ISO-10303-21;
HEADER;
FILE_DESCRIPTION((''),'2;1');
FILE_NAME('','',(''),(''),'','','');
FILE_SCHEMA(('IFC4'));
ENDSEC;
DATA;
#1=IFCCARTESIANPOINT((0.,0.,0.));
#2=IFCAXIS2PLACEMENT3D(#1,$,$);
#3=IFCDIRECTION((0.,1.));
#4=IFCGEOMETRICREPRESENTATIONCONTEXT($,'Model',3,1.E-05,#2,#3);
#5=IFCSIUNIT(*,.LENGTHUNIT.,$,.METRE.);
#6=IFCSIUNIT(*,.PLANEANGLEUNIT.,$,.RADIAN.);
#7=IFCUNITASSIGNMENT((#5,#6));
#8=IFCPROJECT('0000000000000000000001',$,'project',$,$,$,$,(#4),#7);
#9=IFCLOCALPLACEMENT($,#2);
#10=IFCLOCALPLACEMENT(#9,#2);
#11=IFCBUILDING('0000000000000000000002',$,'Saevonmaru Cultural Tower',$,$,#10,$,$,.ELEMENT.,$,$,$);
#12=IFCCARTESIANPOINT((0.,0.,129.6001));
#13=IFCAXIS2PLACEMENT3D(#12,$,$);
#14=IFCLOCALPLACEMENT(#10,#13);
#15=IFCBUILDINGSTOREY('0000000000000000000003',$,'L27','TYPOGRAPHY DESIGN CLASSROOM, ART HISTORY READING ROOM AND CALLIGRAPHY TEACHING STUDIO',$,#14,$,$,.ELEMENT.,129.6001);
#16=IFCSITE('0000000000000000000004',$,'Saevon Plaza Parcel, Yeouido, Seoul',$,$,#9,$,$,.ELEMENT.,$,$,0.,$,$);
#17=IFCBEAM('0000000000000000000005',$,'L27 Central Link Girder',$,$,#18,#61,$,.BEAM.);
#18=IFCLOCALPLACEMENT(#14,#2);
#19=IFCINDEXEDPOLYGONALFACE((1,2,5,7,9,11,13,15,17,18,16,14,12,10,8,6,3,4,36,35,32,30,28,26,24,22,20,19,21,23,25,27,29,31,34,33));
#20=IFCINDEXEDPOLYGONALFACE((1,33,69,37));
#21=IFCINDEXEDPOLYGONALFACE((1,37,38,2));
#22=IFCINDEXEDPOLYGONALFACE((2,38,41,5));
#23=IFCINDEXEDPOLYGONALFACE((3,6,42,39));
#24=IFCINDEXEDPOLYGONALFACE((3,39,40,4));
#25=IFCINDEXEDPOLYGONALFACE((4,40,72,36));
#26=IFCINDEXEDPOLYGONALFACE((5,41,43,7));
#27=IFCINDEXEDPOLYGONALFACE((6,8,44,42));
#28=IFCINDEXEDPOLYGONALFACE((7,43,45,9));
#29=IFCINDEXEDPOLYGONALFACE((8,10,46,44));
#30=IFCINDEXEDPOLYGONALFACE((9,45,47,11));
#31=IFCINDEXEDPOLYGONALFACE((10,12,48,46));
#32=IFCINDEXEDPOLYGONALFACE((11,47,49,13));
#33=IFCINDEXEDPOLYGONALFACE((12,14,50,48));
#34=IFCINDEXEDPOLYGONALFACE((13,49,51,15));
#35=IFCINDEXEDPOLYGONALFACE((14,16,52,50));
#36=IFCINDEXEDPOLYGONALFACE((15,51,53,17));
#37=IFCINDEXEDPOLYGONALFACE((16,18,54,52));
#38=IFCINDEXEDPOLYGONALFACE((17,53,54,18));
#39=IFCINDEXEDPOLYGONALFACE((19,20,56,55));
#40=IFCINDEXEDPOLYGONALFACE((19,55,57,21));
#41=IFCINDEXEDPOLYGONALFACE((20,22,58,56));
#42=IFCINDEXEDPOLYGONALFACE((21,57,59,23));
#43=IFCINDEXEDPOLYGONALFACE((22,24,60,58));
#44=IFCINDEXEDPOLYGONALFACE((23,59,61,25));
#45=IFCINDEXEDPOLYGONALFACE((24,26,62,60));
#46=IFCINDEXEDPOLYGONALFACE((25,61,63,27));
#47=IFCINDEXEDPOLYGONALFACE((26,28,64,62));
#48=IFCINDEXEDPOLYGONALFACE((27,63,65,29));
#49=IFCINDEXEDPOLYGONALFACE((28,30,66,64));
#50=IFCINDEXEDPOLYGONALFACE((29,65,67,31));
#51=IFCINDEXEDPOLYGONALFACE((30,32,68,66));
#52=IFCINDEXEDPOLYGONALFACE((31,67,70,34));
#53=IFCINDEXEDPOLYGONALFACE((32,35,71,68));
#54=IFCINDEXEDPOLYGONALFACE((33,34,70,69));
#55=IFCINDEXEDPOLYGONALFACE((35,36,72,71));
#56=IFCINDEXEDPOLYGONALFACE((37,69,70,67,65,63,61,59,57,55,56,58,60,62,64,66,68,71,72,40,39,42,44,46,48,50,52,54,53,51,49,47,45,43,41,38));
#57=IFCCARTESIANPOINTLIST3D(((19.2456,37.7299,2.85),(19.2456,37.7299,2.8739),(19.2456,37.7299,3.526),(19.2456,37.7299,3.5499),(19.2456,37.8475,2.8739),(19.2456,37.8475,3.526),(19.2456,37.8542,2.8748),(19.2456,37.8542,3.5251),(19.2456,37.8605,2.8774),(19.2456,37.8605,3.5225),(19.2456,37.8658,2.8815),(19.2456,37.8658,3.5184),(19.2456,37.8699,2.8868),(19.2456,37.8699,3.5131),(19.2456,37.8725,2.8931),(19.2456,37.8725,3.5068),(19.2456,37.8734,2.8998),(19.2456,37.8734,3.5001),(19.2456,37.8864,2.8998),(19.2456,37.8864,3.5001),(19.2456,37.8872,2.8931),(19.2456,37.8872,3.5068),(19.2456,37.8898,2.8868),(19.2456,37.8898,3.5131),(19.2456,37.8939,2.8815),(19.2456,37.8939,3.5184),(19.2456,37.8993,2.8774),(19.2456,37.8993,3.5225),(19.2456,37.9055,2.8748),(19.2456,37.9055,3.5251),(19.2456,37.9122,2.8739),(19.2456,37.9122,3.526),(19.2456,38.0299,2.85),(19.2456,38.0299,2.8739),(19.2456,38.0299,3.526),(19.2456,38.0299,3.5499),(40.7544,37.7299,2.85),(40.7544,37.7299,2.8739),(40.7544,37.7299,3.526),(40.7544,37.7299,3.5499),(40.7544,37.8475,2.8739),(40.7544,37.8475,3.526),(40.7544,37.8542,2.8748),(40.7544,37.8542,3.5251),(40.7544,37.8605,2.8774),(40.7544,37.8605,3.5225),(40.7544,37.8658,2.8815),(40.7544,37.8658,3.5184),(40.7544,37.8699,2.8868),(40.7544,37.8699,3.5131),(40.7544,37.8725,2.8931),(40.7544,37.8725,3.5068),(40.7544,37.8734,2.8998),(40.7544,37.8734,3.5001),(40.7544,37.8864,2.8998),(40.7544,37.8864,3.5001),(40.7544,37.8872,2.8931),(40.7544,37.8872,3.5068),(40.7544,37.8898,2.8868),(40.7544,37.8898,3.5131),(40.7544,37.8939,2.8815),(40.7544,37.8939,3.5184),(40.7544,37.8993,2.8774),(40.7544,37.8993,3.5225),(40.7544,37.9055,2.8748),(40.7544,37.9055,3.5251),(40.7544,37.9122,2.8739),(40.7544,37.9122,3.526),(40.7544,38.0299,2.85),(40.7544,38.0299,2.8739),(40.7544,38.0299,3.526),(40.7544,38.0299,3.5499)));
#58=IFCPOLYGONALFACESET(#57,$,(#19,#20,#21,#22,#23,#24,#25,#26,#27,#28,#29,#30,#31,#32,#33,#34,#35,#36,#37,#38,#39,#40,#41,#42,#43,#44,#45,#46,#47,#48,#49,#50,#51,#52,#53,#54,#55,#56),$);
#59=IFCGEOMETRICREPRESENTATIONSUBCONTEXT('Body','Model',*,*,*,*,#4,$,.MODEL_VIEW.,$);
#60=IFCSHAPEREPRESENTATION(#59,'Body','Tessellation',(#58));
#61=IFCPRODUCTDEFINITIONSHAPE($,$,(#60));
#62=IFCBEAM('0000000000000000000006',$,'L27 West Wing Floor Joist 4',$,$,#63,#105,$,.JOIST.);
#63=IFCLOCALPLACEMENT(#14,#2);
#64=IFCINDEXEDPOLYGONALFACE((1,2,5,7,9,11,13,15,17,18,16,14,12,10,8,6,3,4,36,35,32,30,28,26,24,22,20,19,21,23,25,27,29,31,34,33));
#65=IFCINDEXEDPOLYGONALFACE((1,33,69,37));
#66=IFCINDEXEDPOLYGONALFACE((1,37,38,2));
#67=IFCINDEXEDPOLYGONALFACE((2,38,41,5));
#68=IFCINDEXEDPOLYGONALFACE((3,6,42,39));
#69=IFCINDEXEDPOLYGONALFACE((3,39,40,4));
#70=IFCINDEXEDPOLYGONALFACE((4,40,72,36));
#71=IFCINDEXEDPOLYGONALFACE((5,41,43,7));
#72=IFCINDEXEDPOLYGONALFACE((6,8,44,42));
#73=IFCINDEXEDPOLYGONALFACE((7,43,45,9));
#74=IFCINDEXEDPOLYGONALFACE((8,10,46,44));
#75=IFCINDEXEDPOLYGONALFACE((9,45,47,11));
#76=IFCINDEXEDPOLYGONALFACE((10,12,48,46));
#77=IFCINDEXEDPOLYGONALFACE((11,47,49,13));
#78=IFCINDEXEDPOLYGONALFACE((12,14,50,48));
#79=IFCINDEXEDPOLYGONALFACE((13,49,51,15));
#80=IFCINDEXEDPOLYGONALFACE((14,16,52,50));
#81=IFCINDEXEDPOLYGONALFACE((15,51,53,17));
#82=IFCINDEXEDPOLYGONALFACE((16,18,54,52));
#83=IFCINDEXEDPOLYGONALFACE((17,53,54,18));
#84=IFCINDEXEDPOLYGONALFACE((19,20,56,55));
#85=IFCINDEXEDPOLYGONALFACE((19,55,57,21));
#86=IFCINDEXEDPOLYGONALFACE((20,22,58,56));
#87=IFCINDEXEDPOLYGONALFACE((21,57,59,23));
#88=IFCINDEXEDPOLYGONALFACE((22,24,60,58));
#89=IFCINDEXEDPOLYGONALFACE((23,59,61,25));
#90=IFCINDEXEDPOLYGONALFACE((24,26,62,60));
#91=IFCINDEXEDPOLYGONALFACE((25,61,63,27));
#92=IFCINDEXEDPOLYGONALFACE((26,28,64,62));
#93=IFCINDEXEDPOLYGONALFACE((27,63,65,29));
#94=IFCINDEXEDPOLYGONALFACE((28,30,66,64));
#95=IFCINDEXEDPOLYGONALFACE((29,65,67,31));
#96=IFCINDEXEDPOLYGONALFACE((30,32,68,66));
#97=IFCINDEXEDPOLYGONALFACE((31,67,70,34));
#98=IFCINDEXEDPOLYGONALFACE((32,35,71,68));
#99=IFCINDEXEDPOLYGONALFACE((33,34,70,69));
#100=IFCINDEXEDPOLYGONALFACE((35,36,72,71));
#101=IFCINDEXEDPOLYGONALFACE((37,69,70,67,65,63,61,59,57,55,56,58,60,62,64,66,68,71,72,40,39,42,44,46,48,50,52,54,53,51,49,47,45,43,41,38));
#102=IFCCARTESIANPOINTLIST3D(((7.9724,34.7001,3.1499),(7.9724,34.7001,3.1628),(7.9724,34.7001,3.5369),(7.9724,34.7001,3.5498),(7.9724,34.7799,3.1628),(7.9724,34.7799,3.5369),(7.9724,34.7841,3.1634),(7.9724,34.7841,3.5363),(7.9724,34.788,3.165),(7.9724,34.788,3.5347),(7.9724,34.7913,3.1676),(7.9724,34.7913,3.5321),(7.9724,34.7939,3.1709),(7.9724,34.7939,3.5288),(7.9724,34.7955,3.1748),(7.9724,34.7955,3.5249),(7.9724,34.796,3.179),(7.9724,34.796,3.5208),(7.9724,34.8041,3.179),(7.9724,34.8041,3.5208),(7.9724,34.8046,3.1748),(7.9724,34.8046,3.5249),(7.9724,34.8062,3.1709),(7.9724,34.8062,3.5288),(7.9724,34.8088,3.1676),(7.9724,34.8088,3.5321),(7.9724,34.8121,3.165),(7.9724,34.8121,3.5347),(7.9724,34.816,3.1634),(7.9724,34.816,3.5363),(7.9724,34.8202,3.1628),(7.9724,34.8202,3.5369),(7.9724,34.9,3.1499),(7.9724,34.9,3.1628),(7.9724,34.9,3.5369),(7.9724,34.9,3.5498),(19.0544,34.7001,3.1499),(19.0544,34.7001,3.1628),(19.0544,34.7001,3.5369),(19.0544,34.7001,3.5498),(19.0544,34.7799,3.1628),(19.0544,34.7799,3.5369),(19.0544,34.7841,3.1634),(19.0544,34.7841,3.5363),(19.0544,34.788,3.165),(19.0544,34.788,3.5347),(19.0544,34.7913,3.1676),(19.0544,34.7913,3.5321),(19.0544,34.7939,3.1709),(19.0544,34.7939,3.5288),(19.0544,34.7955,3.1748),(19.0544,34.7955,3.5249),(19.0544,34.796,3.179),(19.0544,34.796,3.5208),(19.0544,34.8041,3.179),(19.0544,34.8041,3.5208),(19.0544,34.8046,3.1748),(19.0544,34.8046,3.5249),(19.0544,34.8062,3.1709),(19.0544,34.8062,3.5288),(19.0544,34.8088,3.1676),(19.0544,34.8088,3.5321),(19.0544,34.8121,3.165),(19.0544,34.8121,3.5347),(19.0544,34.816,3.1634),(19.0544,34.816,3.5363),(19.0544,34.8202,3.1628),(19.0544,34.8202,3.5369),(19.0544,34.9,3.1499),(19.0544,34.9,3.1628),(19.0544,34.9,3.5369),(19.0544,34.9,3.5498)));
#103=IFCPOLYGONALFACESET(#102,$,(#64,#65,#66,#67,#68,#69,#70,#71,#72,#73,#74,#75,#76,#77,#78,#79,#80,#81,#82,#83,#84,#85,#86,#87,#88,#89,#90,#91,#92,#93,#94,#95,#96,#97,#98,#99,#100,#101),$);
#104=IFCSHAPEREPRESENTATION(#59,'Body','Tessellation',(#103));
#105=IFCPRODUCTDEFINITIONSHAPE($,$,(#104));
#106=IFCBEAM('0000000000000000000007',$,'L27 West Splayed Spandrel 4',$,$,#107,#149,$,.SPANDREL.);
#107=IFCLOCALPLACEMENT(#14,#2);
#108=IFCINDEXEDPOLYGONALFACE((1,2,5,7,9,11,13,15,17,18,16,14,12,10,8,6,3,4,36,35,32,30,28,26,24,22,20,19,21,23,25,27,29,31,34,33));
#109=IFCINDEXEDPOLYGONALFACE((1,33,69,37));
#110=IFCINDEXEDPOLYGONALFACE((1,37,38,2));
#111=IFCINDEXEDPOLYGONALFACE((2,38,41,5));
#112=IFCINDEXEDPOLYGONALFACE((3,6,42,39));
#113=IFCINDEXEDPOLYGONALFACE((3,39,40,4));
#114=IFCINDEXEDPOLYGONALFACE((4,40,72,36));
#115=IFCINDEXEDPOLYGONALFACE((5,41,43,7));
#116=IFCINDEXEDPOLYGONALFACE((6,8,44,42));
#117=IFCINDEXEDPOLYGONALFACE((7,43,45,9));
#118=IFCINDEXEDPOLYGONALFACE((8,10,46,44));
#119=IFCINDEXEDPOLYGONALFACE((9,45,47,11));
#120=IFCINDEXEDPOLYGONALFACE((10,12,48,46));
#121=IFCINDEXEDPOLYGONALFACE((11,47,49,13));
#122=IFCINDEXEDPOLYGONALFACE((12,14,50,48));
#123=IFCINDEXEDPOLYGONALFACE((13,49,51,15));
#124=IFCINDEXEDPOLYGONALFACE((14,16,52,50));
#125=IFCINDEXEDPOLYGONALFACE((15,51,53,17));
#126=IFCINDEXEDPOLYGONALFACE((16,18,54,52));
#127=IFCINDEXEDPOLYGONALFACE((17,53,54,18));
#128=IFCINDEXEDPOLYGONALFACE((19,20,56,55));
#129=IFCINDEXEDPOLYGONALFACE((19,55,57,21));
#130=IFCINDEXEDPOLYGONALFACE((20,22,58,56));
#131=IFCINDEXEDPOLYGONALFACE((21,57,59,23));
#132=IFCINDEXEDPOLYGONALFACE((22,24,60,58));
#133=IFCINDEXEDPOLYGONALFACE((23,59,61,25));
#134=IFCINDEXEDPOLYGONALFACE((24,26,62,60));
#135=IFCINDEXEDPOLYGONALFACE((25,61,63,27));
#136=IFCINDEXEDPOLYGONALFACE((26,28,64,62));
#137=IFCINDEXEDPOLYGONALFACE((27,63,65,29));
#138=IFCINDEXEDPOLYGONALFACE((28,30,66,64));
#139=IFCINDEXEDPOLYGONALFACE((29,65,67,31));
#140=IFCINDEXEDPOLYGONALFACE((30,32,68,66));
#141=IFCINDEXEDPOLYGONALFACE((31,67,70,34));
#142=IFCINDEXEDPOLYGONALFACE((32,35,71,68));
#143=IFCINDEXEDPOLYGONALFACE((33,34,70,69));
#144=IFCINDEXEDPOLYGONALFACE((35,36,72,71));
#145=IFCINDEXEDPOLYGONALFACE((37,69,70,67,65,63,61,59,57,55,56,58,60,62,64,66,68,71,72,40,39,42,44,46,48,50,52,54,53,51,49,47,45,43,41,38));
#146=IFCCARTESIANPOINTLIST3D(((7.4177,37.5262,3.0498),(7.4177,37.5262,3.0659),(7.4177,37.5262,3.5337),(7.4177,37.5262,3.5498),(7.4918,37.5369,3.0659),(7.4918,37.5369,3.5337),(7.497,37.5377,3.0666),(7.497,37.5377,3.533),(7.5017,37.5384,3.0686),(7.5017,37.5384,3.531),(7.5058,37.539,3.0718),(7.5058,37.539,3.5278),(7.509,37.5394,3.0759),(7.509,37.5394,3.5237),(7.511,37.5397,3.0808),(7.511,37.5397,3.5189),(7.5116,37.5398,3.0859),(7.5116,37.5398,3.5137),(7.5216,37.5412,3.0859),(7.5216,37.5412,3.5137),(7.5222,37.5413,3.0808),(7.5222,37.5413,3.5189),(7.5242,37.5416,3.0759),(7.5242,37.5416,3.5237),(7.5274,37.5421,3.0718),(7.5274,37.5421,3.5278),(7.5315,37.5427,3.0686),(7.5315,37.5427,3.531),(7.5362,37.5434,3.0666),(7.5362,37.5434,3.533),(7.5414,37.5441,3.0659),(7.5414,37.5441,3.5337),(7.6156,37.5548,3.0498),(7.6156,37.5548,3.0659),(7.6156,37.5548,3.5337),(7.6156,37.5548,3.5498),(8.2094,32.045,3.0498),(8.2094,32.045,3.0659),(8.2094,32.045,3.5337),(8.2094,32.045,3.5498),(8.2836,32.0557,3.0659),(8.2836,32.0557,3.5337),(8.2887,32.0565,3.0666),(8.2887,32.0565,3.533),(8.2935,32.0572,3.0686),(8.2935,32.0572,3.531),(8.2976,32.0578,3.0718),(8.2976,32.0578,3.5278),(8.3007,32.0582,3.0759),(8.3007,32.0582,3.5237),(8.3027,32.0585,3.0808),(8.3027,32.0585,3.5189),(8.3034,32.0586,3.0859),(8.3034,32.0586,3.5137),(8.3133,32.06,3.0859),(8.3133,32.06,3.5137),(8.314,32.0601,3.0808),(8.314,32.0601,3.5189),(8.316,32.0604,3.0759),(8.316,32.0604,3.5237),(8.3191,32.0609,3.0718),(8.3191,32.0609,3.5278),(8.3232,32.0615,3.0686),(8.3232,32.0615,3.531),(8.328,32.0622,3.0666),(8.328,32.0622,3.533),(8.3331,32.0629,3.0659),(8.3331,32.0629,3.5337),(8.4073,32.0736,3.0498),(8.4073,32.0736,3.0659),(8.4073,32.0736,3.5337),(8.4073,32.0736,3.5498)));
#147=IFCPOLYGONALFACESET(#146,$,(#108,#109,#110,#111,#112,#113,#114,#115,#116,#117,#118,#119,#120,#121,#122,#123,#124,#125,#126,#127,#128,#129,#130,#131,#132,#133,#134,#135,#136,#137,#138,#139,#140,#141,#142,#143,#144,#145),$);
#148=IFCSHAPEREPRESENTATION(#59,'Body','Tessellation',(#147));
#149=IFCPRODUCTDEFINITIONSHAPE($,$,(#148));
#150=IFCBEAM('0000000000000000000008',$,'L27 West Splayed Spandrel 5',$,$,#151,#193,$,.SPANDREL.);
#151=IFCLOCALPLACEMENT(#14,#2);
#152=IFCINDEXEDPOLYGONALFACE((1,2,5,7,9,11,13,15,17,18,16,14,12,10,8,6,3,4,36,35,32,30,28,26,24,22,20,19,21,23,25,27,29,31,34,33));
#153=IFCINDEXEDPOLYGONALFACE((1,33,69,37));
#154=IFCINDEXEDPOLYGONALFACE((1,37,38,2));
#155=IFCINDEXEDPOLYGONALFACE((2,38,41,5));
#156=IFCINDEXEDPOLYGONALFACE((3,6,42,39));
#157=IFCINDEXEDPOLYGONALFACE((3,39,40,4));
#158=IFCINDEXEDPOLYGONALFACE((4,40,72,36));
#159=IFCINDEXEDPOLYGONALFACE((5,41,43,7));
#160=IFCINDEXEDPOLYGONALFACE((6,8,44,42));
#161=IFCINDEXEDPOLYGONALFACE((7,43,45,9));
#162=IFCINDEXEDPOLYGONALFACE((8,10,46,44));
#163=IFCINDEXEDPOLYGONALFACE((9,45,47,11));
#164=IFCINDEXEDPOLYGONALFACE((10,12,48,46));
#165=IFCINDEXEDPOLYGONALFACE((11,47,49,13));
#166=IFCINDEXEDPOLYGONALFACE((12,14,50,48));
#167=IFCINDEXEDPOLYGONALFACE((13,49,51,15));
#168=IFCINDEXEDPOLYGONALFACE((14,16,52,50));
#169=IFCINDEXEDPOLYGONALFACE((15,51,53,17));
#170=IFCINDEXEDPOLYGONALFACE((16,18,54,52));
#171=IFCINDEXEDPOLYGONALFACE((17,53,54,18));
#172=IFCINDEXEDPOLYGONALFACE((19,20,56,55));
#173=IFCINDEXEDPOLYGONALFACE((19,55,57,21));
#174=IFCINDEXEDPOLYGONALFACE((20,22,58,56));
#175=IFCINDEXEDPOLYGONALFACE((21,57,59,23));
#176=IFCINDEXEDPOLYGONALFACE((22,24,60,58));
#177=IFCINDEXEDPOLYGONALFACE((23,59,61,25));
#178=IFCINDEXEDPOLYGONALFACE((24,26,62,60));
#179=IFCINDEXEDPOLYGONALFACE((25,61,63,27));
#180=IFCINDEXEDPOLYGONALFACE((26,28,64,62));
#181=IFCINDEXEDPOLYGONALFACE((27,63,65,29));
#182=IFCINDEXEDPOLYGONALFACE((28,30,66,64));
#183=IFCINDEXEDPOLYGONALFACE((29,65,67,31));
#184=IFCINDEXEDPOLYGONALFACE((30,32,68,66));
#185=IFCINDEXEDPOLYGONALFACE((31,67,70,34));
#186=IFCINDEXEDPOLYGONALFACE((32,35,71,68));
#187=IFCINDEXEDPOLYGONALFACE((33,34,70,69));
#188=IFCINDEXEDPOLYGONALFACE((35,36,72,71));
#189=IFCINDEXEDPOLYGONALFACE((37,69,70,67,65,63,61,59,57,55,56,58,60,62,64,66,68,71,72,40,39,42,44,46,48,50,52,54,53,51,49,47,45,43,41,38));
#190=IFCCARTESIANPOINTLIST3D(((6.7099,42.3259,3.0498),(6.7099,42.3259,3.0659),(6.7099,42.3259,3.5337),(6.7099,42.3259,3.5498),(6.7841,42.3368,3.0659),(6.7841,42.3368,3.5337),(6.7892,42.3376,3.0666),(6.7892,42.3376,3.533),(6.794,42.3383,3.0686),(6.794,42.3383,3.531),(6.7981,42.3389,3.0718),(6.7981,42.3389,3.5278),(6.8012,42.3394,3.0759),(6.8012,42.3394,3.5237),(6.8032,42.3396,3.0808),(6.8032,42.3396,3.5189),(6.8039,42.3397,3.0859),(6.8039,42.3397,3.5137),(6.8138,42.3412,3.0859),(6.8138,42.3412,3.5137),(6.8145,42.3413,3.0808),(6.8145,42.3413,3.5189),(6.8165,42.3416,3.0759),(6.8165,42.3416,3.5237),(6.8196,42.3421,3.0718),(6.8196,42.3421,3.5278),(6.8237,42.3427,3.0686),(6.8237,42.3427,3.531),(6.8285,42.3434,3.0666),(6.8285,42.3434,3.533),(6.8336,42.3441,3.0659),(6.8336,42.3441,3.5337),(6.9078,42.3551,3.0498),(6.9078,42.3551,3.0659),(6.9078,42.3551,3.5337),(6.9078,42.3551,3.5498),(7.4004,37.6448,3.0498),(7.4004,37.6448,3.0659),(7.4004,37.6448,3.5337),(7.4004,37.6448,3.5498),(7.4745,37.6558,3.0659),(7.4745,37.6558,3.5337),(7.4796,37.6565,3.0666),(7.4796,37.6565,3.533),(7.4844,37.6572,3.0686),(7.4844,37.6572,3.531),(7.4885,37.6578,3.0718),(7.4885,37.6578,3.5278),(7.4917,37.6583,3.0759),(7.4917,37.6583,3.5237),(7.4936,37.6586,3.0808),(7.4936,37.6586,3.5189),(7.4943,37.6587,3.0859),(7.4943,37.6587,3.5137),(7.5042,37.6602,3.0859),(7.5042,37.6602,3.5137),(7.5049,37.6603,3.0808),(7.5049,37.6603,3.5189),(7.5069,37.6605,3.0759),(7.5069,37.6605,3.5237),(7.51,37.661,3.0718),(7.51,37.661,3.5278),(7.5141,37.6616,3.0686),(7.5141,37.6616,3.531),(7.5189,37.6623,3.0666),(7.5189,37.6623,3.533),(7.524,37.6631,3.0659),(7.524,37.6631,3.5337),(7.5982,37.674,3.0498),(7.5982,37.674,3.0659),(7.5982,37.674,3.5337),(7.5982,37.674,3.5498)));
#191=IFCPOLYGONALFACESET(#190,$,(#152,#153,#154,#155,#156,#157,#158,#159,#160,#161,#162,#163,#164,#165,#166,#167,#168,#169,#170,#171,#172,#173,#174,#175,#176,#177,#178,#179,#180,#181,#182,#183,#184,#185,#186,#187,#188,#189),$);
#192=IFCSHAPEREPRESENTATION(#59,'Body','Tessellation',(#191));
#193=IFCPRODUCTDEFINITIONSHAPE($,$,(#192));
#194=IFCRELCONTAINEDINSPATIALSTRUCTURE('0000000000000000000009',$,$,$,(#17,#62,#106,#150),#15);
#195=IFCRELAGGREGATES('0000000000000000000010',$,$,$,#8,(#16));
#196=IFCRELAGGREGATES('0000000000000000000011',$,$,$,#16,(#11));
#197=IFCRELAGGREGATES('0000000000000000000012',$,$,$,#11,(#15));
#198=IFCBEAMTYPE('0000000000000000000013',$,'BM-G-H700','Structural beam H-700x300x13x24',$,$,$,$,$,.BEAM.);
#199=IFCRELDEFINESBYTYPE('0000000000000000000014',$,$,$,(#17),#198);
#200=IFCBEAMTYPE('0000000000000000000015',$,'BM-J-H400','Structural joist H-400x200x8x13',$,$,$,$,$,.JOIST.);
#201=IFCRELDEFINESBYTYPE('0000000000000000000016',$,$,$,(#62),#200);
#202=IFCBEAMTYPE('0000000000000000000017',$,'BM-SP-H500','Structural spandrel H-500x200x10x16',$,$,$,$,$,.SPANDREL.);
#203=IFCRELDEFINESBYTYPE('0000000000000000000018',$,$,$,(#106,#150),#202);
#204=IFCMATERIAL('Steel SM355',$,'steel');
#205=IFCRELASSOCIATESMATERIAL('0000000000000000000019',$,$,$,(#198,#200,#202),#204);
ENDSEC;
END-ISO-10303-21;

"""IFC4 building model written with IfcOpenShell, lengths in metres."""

from ifc_helpers import new_model, si_unit, direction, frame, origin, origin_2d, place, context, subcontext, project, spatial, i_section, extrude, material, material_profile, profile_set, type_object, element, save


model = new_model("IFC4")

# Units and contexts
model_context = context("Model", 3, precision=1e-05, world=origin(), true_north=direction((0.0, 1.0)))
body_context = subcontext(model_context, "Body", "Model", "MODEL_VIEW")
ifc_project = project(units=[si_unit("LENGTHUNIT", "METRE"), si_unit("PLANEANGLEUNIT", "RADIAN")], contexts=[model_context])

# Site, building, storey
site_placement = place(None, origin())
site = spatial("IfcSite", under=ifc_project, at=site_placement, Name="Saevon Plaza Parcel, Yeouido, Seoul", CompositionType="ELEMENT", RefElevation=0.0)
building_placement = place(site_placement, origin())
building = spatial("IfcBuilding", under=site, at=building_placement, Name="Saevonmaru Cultural Tower", CompositionType="ELEMENT")
storey_placement = place(building_placement, frame((0.0, 0.0, 129.6001)))
storey = spatial("IfcBuildingStorey", under=building, at=storey_placement, Name="L27", Description="TYPOGRAPHY DESIGN CLASSROOM, ART HISTORY READING ROOM AND CALLIGRAPHY TEACHING STUDIO", CompositionType="ELEMENT", Elevation=129.6001)

# Shared definitions
ifc_material_1 = material(Name="Steel SM355", Category="steel")

# Beams
ifc_material_profile_1 = material_profile(ifc_material_1, i_section(OverallWidth=0.3, OverallDepth=0.7, WebThickness=0.0129, FlangeThickness=0.0239, FilletRadius=0.0259, at=origin_2d()), Name="H-700x300x13x24")
ifc_profile_set_1 = profile_set([ifc_material_profile_1], Name="Steel SM355")
beam_type_1 = type_object("IfcBeamType", Name="BM-G-H700", Description="Structural beam H-700x300x13x24", PredefinedType="BEAM", material=ifc_profile_set_1)
beam_1_placement = place(storey_placement, frame((19.2456, 37.8799, 3.2), z_axis=(1.0, 0.0, 0.0), x_axis=(0.0, 1.0, 0.0)))
element("IfcBeam", 1, at=beam_1_placement, inside=storey, type_object=beam_type_1, Name="L27 Central Link Girder", PredefinedType="BEAM", context=body_context, shape_type="SweptSolid", body=[
    extrude(i_section(OverallWidth=0.3, OverallDepth=0.7, WebThickness=0.0129, FlangeThickness=0.0239, FilletRadius=0.0259, at=origin_2d()), origin(), (0.0, 0.0, 1.0), 21.5088),
])
ifc_material_profile_2 = material_profile(ifc_material_1, i_section(OverallWidth=0.2, OverallDepth=0.3999, WebThickness=0.0081, FlangeThickness=0.0129, FilletRadius=0.0161, at=origin_2d()), Name="H-400x200x8x13")
ifc_profile_set_2 = profile_set([ifc_material_profile_2], Name="Steel SM355")
beam_type_2 = type_object("IfcBeamType", Name="BM-J-H400", Description="Structural joist H-400x200x8x13", PredefinedType="JOIST", material=ifc_profile_set_2)
beam_2_placement = place(storey_placement, frame((7.9724, 34.8, 3.3499), z_axis=(1.0, 0.0, 0.0), x_axis=(0.0, 1.0, 0.0)))
element("IfcBeam", 2, at=beam_2_placement, inside=storey, type_object=beam_type_2, Name="L27 West Wing Floor Joist 4", PredefinedType="JOIST", context=body_context, shape_type="SweptSolid", body=[
    extrude(i_section(OverallWidth=0.2, OverallDepth=0.3999, WebThickness=0.0081, FlangeThickness=0.0129, FilletRadius=0.0161, at=origin_2d()), origin(), (0.0, 0.0, 1.0), 11.082),
])
ifc_material_profile_3 = material_profile(ifc_material_1, i_section(OverallWidth=0.2, OverallDepth=0.5, WebThickness=0.01, FlangeThickness=0.0161, FilletRadius=0.02, at=origin_2d()), Name="H-500x200x10x16")
ifc_profile_set_3 = profile_set([ifc_material_profile_3], Name="Steel SM355")
beam_type_3 = type_object("IfcBeamType", Name="BM-SP-H500", Description="Structural spandrel H-500x200x10x16", PredefinedType="SPANDREL", material=ifc_profile_set_3)
beam_3_placement = place(storey_placement, frame((8.3083, 32.0593, 3.2998), z_axis=(-0.142964, 0.989728, 0.0), x_axis=(-0.989728, -0.142964, 0.0)))
element("IfcBeam", 3, at=beam_3_placement, inside=storey, type_object=beam_type_3, Name="L27 West Splayed Spandrel 4", PredefinedType="SPANDREL", context=body_context, shape_type="SweptSolid", body=[
    extrude(i_section(OverallWidth=0.2, OverallDepth=0.5, WebThickness=0.01, FlangeThickness=0.0161, FilletRadius=0.02, at=origin_2d()), origin(), (0.0, 0.0, 1.0), 5.5381),
])
beam_4_placement = place(storey_placement, frame((7.4993, 37.6594, 3.2998), z_axis=(-0.145913, 0.989297, 0.0), x_axis=(-0.989297, -0.145913, 0.0)))
element("IfcBeam", 4, at=beam_4_placement, inside=storey, type_object=beam_type_3, Name="L27 West Splayed Spandrel 5", PredefinedType="SPANDREL", context=body_context, shape_type="SweptSolid", body=[
    extrude(i_section(OverallWidth=0.2, OverallDepth=0.5, WebThickness=0.01, FlangeThickness=0.0161, FilletRadius=0.02, at=origin_2d()), origin(), (0.0, 0.0, 1.0), 4.7317),
])

save(model, "model.ifc")
